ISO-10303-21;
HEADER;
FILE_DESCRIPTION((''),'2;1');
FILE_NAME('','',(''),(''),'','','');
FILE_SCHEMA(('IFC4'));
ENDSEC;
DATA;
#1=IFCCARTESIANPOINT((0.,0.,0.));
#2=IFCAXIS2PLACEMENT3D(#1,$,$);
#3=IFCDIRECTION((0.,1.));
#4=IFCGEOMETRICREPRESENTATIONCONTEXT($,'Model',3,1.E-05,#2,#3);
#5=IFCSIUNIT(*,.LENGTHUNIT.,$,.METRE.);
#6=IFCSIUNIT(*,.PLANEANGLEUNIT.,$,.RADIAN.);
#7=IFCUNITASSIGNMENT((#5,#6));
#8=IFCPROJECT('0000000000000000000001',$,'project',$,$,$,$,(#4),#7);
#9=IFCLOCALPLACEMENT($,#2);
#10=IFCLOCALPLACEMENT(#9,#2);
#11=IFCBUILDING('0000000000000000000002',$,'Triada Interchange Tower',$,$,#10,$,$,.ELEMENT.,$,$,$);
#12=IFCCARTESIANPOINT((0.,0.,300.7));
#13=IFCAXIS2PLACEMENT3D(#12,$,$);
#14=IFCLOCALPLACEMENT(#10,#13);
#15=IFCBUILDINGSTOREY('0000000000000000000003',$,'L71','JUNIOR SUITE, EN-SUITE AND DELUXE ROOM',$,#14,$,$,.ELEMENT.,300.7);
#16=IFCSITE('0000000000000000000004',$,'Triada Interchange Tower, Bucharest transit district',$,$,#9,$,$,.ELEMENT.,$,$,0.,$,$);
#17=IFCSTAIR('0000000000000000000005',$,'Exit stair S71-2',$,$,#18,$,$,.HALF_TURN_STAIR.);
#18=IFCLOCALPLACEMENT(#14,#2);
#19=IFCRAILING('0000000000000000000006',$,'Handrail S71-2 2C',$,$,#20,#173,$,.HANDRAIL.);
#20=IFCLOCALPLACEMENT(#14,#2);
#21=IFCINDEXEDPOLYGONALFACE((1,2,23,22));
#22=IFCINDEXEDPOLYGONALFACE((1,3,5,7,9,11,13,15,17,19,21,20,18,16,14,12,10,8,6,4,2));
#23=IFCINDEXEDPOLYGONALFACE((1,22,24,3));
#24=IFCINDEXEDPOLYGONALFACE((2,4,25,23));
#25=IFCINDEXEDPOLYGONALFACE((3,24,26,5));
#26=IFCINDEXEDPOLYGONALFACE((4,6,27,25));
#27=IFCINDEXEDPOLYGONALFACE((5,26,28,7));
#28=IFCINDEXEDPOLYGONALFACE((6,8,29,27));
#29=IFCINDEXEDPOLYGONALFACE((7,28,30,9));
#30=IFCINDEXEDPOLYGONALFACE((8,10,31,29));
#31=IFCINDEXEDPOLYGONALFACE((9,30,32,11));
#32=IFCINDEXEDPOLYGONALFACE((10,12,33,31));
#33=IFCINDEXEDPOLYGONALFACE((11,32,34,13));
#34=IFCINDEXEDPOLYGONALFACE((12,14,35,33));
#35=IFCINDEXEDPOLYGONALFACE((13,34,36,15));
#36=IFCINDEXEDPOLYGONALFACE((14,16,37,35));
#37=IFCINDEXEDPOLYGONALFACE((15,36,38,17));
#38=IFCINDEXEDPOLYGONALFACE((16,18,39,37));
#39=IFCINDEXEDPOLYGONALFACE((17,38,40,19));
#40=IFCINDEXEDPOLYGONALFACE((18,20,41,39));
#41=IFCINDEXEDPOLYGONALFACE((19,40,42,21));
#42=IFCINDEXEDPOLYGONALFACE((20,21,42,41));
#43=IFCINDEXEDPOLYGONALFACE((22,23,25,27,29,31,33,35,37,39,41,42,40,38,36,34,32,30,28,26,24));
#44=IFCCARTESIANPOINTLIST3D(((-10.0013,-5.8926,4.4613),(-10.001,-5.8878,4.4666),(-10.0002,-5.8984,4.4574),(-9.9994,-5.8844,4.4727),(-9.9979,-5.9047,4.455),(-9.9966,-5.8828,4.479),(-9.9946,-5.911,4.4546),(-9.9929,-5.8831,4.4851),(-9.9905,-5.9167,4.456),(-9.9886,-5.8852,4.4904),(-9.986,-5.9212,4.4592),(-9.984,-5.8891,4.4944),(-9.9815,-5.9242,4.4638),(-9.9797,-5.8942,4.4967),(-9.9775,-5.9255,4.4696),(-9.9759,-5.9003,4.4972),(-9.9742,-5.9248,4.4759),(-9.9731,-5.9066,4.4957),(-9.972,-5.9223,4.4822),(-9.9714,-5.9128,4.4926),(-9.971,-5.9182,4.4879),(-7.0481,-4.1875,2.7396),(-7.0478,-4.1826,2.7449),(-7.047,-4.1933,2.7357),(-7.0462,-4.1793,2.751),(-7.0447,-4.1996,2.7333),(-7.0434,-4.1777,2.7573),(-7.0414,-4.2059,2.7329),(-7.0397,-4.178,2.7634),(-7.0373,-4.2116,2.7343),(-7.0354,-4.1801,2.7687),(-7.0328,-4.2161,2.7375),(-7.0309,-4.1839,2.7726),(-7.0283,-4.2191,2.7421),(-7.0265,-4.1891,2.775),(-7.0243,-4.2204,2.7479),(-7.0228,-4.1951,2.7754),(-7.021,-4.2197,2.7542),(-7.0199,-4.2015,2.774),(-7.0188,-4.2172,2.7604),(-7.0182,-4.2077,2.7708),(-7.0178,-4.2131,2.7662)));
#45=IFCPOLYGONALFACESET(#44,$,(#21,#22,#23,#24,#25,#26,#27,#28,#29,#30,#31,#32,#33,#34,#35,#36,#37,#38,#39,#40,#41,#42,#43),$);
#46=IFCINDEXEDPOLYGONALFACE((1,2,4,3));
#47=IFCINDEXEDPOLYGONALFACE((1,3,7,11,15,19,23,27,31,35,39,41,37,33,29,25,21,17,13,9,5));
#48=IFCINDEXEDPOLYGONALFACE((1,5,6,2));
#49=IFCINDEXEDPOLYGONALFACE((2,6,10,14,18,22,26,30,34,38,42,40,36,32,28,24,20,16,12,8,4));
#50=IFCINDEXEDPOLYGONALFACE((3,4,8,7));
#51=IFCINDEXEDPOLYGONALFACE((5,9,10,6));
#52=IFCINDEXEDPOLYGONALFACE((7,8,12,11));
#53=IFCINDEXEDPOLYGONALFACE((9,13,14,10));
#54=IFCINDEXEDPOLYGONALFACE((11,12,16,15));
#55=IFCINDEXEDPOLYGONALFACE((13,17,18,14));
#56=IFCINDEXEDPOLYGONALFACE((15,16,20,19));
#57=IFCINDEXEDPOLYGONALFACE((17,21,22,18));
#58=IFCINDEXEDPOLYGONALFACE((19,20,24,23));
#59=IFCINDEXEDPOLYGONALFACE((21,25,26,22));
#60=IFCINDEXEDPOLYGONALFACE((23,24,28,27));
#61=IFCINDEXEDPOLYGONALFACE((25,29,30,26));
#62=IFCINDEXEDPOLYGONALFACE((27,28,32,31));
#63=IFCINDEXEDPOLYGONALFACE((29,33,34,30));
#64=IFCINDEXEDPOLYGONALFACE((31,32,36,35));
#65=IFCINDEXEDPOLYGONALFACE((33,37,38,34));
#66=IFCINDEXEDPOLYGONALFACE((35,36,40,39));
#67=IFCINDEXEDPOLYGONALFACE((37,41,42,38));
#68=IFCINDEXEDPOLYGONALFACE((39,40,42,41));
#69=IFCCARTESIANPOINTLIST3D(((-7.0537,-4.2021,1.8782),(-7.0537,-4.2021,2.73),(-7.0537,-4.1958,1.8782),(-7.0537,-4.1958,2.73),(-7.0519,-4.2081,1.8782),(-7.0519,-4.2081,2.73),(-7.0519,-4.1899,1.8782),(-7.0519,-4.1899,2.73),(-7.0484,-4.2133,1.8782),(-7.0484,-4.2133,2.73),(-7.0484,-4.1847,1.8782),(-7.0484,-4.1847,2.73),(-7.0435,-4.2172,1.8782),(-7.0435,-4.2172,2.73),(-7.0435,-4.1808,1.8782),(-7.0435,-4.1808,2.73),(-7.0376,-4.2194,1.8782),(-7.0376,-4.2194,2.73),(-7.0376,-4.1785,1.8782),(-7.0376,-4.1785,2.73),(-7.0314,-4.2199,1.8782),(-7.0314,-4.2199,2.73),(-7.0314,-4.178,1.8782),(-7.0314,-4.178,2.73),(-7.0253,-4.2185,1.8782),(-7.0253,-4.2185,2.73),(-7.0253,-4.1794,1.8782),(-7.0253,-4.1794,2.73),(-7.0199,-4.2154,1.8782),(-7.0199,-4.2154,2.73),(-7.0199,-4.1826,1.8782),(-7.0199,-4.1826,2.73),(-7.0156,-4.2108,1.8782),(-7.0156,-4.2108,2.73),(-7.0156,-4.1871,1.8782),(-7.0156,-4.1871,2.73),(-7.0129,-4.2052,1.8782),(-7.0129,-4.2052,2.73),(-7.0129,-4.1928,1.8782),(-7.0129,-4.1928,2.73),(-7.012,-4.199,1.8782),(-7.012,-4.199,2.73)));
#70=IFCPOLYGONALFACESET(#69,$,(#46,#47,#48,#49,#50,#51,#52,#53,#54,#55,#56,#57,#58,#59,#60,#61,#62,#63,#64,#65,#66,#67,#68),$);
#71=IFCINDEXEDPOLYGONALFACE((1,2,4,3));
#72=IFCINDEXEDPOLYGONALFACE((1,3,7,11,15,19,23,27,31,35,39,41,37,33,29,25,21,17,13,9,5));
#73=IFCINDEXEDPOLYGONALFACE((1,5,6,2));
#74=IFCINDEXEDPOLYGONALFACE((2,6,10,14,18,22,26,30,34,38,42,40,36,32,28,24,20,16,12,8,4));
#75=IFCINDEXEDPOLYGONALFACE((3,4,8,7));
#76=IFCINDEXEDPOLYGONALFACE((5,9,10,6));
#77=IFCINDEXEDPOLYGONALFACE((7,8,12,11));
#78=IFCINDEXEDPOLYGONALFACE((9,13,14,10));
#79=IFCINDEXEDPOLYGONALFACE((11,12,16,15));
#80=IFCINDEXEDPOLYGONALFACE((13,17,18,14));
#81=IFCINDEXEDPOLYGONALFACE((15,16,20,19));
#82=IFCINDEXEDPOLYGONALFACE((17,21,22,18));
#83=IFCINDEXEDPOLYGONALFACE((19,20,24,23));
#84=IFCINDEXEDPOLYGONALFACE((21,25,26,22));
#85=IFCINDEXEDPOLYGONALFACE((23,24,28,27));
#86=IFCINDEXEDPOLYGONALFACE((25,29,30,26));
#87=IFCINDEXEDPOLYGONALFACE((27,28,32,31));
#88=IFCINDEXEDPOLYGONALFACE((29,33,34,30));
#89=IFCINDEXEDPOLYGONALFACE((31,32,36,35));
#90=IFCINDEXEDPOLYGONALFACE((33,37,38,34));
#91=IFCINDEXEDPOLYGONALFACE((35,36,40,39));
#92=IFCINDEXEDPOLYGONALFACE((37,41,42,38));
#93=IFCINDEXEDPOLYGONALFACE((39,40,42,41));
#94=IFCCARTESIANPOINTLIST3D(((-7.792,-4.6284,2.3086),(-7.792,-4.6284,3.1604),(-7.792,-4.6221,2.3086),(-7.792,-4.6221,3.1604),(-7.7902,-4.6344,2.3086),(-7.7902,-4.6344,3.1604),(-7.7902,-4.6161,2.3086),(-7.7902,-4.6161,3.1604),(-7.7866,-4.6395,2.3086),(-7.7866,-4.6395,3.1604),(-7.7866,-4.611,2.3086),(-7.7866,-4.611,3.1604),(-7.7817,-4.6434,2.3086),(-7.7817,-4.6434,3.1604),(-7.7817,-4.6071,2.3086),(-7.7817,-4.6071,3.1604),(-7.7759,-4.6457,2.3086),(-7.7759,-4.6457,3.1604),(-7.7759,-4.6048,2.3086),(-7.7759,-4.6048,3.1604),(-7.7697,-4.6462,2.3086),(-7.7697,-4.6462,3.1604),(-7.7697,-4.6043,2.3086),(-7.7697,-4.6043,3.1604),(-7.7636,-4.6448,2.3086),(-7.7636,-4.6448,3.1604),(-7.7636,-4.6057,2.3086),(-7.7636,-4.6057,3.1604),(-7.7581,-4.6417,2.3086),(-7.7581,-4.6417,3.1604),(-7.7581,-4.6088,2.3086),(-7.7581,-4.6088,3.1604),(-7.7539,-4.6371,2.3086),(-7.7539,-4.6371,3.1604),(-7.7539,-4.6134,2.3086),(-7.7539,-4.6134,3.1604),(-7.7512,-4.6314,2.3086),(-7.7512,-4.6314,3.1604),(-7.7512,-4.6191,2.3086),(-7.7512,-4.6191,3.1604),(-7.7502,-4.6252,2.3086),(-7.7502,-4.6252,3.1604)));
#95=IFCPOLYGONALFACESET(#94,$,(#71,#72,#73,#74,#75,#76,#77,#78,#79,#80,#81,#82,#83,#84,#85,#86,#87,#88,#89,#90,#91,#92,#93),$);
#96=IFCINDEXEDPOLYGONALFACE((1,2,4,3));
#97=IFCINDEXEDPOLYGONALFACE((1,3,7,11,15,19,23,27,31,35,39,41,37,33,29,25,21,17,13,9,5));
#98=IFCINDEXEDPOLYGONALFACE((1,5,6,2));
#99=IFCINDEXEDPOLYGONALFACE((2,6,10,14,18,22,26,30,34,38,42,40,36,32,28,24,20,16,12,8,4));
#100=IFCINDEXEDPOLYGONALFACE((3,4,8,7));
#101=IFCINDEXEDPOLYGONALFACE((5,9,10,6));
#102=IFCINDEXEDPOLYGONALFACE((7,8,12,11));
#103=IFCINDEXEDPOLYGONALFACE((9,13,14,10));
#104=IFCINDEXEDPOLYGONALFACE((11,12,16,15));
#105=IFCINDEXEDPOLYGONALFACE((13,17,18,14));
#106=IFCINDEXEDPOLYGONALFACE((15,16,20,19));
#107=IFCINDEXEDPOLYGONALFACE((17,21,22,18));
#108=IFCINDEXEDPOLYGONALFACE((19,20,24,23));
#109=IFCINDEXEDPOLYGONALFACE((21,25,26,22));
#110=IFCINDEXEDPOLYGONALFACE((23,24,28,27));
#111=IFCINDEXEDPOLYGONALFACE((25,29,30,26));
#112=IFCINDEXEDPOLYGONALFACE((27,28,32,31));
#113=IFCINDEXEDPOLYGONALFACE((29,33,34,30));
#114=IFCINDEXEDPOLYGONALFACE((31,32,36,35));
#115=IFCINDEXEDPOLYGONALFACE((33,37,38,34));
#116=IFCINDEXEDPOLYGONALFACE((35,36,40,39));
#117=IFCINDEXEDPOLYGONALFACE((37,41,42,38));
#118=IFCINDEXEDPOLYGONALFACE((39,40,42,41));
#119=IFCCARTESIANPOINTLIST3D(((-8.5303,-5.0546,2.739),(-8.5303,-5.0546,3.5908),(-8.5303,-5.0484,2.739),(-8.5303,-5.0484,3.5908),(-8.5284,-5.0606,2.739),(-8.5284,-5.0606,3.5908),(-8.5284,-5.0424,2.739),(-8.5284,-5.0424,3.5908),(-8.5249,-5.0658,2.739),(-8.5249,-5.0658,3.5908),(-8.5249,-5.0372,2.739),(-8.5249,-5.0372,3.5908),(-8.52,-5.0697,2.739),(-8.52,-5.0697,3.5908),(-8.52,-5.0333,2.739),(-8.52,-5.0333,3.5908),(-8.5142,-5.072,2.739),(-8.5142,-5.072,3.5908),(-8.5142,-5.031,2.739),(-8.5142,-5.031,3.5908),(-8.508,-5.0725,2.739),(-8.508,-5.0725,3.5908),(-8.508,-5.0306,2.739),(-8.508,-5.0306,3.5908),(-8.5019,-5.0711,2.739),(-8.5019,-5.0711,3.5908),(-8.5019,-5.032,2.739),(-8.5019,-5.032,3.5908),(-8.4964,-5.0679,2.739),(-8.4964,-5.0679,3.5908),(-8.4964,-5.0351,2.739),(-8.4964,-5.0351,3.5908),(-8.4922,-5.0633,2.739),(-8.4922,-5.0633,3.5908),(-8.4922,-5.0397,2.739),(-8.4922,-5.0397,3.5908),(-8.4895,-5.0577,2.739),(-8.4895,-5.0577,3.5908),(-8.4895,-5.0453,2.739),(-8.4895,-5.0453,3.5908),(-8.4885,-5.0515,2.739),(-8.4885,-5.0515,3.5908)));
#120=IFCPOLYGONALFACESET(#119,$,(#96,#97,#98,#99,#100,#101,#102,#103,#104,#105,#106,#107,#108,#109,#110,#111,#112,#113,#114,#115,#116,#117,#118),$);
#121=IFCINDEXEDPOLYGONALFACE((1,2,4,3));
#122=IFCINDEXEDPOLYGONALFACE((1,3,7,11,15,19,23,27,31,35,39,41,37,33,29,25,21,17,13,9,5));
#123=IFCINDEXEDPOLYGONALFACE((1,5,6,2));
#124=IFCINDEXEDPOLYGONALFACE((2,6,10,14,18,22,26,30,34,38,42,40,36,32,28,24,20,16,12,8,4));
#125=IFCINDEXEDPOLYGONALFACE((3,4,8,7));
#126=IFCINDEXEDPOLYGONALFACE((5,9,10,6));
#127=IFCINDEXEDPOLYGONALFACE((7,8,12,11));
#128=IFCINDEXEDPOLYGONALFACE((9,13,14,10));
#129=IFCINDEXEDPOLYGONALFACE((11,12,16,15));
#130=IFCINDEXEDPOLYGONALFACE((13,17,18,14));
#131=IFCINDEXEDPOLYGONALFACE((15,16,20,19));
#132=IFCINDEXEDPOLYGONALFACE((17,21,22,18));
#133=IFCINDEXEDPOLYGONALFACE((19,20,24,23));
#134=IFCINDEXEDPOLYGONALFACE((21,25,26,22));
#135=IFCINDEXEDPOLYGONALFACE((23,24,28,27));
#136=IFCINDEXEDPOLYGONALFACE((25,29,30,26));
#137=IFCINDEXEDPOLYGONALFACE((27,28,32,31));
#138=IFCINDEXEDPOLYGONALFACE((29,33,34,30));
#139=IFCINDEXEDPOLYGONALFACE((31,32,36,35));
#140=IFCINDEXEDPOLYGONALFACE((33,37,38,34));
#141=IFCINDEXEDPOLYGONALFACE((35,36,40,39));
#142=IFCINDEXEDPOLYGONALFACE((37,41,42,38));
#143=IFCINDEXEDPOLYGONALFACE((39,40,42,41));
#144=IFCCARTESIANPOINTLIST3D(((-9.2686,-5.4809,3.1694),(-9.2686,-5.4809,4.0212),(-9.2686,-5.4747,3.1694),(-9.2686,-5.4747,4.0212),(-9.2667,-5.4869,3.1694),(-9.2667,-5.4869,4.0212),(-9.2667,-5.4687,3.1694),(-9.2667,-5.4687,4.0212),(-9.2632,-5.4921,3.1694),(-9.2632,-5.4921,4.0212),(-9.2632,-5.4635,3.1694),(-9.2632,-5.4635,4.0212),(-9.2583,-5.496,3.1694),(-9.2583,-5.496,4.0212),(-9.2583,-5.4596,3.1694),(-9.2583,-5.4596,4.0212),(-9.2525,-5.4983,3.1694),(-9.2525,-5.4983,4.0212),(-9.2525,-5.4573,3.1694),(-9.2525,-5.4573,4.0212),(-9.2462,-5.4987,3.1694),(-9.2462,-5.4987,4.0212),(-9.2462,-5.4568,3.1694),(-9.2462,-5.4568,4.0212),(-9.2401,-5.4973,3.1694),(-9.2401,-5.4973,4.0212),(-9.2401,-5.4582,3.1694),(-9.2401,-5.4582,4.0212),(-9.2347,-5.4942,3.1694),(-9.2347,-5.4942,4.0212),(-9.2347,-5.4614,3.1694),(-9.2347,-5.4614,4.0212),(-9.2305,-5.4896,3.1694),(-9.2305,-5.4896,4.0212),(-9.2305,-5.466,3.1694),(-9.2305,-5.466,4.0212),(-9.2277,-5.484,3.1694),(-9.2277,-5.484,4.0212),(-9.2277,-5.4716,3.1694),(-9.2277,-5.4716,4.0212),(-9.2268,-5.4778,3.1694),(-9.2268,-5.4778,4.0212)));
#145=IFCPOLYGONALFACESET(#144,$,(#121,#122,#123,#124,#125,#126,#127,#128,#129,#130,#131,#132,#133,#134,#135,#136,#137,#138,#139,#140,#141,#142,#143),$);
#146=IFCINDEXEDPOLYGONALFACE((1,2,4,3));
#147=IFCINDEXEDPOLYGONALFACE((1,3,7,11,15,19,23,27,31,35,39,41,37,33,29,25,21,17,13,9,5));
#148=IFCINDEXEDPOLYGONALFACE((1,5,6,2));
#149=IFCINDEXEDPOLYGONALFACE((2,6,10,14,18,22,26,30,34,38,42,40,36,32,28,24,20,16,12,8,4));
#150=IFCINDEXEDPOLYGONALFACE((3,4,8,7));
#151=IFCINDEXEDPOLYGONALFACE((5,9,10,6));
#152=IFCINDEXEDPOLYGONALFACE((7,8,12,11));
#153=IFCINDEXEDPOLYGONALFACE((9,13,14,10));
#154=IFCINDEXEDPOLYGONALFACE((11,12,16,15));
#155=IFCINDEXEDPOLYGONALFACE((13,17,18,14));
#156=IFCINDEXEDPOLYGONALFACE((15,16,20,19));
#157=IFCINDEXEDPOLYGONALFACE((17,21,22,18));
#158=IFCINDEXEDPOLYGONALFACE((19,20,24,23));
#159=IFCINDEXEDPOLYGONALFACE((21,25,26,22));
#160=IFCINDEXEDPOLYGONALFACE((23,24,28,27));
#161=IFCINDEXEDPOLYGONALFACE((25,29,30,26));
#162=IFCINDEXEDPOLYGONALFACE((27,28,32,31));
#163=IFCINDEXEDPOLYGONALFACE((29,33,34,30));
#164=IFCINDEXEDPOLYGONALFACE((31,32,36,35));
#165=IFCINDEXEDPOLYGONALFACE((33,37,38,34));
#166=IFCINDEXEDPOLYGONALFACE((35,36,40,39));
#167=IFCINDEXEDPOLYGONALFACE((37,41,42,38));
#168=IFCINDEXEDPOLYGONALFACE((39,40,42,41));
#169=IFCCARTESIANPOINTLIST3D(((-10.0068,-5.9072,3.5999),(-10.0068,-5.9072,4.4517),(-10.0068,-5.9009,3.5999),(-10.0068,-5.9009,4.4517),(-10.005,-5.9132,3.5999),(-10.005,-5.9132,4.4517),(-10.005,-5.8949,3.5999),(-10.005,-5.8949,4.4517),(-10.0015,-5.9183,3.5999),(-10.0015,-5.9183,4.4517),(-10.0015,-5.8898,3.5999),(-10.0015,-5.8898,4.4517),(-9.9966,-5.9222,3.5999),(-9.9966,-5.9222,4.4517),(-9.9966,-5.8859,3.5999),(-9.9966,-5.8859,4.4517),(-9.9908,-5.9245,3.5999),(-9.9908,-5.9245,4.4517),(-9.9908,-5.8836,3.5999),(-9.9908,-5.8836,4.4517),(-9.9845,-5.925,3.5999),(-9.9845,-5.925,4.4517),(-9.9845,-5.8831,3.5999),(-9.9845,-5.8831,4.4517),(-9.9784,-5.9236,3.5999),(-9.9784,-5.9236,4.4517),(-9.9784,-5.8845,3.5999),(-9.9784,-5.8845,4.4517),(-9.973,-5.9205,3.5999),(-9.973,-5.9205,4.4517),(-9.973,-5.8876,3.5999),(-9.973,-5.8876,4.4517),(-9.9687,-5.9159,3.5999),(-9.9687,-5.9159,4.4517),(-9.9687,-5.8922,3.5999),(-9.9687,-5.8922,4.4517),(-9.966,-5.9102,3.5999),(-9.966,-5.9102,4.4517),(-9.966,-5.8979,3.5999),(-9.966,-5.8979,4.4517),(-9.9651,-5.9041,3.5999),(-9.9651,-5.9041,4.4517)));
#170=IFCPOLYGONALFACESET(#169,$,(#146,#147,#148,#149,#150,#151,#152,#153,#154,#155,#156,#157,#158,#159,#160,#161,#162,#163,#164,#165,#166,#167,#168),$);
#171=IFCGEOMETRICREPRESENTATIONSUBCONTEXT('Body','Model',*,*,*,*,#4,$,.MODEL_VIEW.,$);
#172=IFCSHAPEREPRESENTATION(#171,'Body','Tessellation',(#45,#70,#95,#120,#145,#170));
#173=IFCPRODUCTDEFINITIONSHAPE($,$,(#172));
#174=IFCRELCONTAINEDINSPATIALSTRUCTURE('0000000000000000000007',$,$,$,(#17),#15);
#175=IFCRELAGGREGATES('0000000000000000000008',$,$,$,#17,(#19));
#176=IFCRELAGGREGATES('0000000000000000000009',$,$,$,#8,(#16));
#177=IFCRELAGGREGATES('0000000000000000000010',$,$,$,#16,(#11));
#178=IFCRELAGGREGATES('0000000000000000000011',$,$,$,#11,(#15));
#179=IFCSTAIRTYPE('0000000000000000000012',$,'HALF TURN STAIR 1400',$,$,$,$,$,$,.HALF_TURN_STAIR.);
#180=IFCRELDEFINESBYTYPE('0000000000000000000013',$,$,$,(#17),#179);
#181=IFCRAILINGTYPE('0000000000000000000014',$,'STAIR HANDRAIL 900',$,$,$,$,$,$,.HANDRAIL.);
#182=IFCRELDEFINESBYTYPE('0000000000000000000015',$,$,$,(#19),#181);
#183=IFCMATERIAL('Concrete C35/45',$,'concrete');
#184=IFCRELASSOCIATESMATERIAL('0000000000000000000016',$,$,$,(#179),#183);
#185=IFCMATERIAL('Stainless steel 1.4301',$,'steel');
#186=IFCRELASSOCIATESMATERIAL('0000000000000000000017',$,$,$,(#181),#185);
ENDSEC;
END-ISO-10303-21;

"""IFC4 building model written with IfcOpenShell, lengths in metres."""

from ifc_helpers import new_model, si_unit, direction, frame, origin, origin_2d, place, context, subcontext, project, spatial, circle, extrude, material, type_object, element, aggregate, save


model = new_model("IFC4")

# Units and contexts
model_context = context("Model", 3, precision=1e-05, world=origin(), true_north=direction((0.0, 1.0)))
body_context = subcontext(model_context, "Body", "Model", "MODEL_VIEW")
ifc_project = project(units=[si_unit("LENGTHUNIT", "METRE"), si_unit("PLANEANGLEUNIT", "RADIAN")], contexts=[model_context])

# Site, building, storey
site_placement = place(None, origin())
site = spatial("IfcSite", under=ifc_project, at=site_placement, Name="Triada Interchange Tower, Bucharest transit district", CompositionType="ELEMENT", RefElevation=0.0)
building_placement = place(site_placement, origin())
building = spatial("IfcBuilding", under=site, at=building_placement, Name="Triada Interchange Tower", CompositionType="ELEMENT")
storey_placement = place(building_placement, frame((0.0, 0.0, 300.7)))
storey = spatial("IfcBuildingStorey", under=building, at=storey_placement, Name="L71", Description="JUNIOR SUITE, EN-SUITE AND DELUXE ROOM", CompositionType="ELEMENT", Elevation=300.7)

# Stair, railing
ifc_material_1 = material(Name="Concrete C35/45", Category="concrete")
stair_type = type_object("IfcStairType", Name="HALF TURN STAIR 1400", PredefinedType="HALF_TURN_STAIR", material=ifc_material_1)
stair_placement = place(storey_placement, origin())
stair = element("IfcStair", 1, at=stair_placement, inside=storey, type_object=stair_type, Name="Exit stair S71-2", PredefinedType="HALF_TURN_STAIR")
ifc_material_2 = material(Name="Stainless steel 1.4301", Category="steel")
railing_type = type_object("IfcRailingType", Name="STAIR HANDRAIL 900", PredefinedType="HANDRAIL", material=ifc_material_2)
railing_1_placement = place(storey_placement, frame((-7.033, -4.199, 1.8782)))
railing_1 = element("IfcRailing", 2, at=railing_1_placement, type_object=railing_type, Name="Handrail S71-2 2C", PredefinedType="HANDRAIL", context=body_context, shape_type="SweptSolid", body=[
    extrude(circle(Radius=0.0239, at=origin_2d()), frame((0.0, 0.0, 0.876), z_axis=(-0.773069, -0.446355, 0.450701), x_axis=(0.50002, -0.866014, 0.0)), (0.0, 0.0, 1.0), 3.8201),
    extrude(circle(Radius=0.021, at=origin_2d()), origin(), (0.0, 0.0, 1.0), 0.8518),
    extrude(circle(Radius=0.021, at=origin_2d()), frame((-0.7383, -0.4263, 0.4304)), (0.0, 0.0, 1.0), 0.8518),
    extrude(circle(Radius=0.021, at=origin_2d()), frame((-1.4766, -0.8525, 0.8608)), (0.0, 0.0, 1.0), 0.8518),
    extrude(circle(Radius=0.021, at=origin_2d()), frame((-2.2148, -1.2788, 1.2913)), (0.0, 0.0, 1.0), 0.8518),
    extrude(circle(Radius=0.021, at=origin_2d()), frame((-2.9531, -1.7051, 1.7217)), (0.0, 0.0, 1.0), 0.8518),
])
aggregate(stair, [railing_1])

save(model, "model.ifc")
